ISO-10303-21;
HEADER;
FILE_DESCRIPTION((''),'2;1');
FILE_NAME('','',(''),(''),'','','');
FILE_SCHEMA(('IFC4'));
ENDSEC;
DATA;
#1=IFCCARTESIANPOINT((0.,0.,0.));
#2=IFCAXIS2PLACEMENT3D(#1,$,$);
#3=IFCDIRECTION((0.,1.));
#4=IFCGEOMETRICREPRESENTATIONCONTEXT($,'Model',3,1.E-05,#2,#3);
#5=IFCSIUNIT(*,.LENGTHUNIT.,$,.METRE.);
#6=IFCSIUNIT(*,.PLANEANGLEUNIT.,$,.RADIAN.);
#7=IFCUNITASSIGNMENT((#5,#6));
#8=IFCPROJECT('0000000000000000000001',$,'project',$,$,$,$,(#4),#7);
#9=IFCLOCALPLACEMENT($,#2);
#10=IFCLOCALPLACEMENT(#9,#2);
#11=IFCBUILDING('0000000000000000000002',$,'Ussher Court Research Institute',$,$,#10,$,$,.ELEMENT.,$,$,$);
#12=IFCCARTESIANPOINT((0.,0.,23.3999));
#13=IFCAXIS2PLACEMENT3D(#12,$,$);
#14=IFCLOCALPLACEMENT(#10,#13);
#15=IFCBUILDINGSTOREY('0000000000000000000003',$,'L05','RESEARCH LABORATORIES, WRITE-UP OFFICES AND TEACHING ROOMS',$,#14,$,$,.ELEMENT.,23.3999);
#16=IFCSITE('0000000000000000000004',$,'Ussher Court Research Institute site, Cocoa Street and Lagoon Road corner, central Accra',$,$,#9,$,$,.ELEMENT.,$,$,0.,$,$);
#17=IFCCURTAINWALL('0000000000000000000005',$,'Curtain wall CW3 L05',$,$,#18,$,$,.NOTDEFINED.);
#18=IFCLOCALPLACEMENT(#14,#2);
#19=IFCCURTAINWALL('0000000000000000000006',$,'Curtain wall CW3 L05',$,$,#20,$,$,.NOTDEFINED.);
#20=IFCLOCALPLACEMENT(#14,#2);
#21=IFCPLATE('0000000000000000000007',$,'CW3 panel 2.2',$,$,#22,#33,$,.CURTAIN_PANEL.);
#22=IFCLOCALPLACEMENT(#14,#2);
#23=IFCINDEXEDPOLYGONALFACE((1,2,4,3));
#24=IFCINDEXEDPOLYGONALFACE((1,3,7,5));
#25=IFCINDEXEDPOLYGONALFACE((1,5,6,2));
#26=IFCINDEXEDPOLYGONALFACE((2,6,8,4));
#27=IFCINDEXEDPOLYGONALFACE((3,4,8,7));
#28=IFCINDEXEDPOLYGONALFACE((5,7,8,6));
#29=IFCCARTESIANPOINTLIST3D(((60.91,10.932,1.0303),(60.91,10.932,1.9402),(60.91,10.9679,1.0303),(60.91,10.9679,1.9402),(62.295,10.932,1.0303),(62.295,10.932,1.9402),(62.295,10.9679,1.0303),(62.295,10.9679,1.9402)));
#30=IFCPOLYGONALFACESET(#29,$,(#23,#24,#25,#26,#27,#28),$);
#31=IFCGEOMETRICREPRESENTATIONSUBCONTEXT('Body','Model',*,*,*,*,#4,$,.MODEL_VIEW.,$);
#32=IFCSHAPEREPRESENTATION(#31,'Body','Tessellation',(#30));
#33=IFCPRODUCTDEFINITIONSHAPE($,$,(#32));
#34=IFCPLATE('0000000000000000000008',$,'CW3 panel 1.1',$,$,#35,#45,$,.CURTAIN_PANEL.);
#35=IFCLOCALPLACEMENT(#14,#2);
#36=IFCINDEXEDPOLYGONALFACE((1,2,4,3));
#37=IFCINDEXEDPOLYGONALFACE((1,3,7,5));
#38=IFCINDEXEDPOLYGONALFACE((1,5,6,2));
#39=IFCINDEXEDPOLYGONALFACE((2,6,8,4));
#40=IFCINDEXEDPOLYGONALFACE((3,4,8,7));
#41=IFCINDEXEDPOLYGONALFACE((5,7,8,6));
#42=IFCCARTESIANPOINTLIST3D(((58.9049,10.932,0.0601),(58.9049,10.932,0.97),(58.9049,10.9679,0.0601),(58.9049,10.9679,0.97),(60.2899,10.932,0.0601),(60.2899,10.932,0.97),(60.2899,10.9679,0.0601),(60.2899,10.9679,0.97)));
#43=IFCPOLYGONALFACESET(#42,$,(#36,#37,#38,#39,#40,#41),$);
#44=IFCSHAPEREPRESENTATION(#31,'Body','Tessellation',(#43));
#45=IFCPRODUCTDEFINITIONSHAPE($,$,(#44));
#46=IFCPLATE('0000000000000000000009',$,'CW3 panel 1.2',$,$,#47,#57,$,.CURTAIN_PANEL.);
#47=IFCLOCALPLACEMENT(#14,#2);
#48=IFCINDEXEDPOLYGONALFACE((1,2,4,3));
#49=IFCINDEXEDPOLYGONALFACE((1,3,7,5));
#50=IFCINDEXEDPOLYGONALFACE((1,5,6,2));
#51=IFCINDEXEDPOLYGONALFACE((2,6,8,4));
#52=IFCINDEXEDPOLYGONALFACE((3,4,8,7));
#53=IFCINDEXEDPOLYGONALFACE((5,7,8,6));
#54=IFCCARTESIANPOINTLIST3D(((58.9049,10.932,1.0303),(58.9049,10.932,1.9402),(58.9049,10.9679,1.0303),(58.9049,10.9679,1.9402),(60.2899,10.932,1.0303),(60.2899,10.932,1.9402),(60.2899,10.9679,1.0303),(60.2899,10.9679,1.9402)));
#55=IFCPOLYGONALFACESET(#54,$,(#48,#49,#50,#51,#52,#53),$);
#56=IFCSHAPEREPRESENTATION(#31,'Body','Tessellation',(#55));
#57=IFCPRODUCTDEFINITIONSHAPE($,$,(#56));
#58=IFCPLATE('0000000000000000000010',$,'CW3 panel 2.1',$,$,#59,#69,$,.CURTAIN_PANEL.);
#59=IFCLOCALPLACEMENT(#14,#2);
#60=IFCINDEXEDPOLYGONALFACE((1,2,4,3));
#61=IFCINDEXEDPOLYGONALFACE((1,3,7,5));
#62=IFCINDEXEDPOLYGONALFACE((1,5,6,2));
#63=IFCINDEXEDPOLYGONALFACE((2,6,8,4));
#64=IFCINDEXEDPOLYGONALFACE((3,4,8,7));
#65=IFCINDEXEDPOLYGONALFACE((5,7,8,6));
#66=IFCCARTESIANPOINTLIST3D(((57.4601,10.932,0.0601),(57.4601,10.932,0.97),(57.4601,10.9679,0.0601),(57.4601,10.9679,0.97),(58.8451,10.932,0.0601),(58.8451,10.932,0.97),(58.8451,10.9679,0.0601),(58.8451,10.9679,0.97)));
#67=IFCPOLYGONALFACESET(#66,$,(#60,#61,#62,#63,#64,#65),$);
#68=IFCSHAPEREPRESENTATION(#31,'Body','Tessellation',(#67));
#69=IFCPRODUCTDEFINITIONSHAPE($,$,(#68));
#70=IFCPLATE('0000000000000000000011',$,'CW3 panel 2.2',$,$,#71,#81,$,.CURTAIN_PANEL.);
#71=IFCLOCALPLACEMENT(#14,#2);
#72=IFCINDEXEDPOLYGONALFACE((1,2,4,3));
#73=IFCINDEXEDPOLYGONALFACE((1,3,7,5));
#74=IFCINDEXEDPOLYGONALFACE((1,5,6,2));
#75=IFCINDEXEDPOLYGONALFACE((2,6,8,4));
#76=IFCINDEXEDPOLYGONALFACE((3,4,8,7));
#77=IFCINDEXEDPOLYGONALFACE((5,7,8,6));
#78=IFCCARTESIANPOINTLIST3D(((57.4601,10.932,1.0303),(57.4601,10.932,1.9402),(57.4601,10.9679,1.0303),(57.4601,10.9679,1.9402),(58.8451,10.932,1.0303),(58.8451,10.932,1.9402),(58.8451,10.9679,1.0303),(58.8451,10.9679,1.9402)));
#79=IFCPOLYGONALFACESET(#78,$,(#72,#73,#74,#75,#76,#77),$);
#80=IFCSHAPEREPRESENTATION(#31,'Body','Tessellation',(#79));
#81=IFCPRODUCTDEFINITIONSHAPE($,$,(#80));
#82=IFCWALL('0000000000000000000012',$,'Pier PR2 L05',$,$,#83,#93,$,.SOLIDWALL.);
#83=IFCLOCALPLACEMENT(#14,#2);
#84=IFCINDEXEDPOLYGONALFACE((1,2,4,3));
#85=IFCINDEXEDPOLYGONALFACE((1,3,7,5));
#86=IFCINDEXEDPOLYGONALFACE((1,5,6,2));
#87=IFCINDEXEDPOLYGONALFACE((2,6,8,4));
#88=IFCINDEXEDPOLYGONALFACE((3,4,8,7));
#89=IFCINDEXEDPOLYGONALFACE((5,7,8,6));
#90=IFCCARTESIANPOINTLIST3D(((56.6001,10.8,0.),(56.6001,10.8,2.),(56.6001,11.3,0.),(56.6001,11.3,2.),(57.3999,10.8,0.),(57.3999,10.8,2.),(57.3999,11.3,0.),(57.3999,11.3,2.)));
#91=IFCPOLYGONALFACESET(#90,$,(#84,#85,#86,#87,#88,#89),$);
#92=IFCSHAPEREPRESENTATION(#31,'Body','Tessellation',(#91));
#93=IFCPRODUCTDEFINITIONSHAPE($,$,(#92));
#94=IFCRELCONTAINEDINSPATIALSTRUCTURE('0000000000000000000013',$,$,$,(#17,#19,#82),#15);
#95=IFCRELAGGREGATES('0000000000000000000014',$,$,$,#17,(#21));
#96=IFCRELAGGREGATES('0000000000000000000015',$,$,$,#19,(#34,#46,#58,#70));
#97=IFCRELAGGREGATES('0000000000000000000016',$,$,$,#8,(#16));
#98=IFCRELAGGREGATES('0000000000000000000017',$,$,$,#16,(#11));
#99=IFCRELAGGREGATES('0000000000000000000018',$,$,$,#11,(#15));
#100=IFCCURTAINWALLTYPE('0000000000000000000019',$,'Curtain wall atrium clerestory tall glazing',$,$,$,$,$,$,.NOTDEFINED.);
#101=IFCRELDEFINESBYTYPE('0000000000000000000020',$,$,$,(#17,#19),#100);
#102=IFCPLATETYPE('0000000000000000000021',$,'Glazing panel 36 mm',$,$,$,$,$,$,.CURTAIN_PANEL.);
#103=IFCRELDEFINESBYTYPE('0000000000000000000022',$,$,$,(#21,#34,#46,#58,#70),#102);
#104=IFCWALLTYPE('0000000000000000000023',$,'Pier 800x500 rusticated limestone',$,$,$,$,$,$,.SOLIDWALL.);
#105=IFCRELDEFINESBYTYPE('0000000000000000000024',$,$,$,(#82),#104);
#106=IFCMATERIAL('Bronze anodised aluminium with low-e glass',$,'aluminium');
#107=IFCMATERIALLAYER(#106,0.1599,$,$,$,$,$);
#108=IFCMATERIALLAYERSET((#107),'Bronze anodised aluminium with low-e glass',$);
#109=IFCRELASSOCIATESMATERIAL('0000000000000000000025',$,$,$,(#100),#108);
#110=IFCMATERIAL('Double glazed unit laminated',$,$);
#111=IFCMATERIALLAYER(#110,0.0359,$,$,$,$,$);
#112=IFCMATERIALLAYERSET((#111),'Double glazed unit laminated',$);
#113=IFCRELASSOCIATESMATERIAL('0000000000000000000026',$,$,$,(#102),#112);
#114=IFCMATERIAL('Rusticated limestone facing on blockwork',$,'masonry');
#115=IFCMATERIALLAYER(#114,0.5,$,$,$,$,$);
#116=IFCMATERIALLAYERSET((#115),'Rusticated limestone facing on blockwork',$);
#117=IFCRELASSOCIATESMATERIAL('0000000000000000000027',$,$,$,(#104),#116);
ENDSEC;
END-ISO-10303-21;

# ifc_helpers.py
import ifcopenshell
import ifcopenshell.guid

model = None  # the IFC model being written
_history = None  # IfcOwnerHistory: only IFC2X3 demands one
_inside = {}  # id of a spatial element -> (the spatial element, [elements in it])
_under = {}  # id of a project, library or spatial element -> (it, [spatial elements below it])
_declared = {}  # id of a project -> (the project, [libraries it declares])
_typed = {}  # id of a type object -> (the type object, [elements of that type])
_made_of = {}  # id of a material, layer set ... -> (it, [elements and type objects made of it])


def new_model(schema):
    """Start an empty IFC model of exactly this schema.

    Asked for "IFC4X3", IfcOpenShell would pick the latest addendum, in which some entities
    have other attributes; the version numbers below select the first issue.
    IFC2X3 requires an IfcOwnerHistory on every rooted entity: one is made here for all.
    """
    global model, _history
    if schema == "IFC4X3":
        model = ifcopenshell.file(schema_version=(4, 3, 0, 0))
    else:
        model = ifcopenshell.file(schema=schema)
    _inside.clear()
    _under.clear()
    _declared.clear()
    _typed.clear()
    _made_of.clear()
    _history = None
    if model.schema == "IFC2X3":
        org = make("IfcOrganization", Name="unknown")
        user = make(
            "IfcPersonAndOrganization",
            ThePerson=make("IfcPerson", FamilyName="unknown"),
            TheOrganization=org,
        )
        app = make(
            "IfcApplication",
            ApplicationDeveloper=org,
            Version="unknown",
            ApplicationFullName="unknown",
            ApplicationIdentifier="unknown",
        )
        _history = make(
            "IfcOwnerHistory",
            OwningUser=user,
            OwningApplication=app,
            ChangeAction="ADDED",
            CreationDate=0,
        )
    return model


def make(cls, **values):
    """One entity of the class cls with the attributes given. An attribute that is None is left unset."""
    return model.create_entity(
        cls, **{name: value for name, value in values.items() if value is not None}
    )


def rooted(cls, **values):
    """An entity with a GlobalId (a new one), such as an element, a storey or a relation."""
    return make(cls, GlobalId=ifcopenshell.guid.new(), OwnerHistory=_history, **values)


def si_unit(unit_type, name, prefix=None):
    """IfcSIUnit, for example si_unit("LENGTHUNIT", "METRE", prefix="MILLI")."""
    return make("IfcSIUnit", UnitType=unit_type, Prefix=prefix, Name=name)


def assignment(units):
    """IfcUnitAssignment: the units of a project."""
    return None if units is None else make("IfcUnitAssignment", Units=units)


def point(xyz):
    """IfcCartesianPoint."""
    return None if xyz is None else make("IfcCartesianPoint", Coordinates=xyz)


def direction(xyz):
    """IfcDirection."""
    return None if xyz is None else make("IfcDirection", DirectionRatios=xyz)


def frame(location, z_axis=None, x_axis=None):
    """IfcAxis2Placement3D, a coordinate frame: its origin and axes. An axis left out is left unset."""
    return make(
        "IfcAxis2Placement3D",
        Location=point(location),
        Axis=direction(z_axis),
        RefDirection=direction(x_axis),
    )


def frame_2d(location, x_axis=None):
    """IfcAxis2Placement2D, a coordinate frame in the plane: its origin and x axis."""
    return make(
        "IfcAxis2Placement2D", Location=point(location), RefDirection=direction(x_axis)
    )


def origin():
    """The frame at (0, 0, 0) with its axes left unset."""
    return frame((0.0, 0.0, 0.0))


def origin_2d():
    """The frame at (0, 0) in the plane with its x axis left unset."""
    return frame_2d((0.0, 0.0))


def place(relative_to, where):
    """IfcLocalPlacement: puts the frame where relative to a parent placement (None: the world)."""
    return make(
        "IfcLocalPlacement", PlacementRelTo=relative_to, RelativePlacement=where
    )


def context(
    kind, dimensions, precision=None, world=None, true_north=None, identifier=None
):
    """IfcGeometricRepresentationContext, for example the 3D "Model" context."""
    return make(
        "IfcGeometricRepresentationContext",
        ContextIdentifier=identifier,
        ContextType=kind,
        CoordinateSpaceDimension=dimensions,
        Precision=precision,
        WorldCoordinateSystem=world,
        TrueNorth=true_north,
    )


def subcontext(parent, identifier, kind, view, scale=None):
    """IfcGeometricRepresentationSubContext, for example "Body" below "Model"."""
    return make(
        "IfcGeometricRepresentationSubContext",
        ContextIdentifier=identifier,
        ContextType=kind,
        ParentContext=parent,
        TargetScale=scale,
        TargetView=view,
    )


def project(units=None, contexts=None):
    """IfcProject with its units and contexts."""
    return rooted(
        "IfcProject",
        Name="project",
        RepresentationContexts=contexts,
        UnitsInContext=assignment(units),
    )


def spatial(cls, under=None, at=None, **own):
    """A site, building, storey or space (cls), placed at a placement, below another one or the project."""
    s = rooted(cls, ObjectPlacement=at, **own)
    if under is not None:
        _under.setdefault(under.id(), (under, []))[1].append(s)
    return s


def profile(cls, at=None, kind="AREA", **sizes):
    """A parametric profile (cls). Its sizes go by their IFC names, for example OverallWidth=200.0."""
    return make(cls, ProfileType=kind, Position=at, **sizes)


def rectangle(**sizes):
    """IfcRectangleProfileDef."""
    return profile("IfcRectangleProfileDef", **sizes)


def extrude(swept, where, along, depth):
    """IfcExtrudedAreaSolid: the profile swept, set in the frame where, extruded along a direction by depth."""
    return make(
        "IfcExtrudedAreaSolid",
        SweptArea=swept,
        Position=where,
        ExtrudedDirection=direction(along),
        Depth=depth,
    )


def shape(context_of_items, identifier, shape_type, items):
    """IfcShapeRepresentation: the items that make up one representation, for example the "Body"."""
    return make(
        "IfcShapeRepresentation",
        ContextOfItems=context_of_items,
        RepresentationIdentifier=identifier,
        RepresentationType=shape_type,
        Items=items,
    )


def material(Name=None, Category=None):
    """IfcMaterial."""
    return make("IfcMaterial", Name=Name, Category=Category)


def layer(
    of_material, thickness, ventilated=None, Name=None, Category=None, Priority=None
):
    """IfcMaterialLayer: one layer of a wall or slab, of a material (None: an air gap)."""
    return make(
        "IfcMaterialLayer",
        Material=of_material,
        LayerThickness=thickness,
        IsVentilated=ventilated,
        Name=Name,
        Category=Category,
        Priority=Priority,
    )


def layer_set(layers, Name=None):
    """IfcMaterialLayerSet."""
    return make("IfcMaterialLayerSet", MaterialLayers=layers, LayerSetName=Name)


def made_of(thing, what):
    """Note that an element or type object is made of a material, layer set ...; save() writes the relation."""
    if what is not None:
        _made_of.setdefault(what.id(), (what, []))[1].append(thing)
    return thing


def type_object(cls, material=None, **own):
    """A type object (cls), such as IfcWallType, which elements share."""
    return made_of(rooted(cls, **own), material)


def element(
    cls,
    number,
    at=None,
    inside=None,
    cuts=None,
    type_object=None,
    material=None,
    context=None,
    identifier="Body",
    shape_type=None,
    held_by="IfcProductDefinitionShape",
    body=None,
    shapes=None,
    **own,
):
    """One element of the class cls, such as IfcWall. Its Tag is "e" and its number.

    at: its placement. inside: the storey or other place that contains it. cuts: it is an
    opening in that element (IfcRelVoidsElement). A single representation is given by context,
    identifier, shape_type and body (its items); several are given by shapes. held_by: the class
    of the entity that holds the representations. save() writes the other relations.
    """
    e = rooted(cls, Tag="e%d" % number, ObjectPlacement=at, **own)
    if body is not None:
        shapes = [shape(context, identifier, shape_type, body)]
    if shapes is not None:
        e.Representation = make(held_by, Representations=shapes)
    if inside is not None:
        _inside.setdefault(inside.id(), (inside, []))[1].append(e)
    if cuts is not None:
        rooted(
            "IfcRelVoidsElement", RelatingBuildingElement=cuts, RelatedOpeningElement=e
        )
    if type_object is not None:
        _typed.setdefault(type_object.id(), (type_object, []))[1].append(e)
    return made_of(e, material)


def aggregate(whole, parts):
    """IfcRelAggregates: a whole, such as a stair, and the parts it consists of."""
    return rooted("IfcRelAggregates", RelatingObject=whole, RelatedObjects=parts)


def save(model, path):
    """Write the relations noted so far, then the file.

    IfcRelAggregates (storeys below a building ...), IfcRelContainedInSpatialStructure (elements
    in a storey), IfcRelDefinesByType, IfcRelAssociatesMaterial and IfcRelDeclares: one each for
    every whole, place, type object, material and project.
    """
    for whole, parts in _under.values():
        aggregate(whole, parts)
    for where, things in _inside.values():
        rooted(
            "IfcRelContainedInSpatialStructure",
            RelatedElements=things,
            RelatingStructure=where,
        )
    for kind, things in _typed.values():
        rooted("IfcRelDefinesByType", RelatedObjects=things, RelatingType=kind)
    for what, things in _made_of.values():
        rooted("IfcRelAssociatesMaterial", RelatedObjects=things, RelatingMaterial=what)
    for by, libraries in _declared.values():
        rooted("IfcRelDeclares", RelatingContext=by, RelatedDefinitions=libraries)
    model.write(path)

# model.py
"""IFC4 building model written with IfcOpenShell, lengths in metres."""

from ifc_helpers import new_model, si_unit, direction, frame, frame_2d, origin, origin_2d, place, context, subcontext, project, spatial, rectangle, extrude, material, layer, layer_set, type_object, element, aggregate, save


model = new_model("IFC4")

# Units and contexts
model_context = context("Model", 3, precision=1e-05, world=origin(), true_north=direction((0.0, 1.0)))
body_context = subcontext(model_context, "Body", "Model", "MODEL_VIEW")
ifc_project = project(units=[si_unit("LENGTHUNIT", "METRE"), si_unit("PLANEANGLEUNIT", "RADIAN")], contexts=[model_context])

# Site, building, storey
site_placement = place(None, origin())
site = spatial("IfcSite", under=ifc_project, at=site_placement, Name="Ussher Court Research Institute site, Cocoa Street and Lagoon Road corner, central Accra", CompositionType="ELEMENT", RefElevation=0.0)
building_placement = place(site_placement, origin())
building = spatial("IfcBuilding", under=site, at=building_placement, Name="Ussher Court Research Institute", CompositionType="ELEMENT")
storey_placement = place(building_placement, frame((0.0, 0.0, 23.3999)))
storey = spatial("IfcBuildingStorey", under=building, at=storey_placement, Name="L05", Description="RESEARCH LABORATORIES, WRITE-UP OFFICES AND TEACHING ROOMS", CompositionType="ELEMENT", Elevation=23.3999)

# Curtain wall
ifc_material_1 = material(Name="Bronze anodised aluminium with low-e glass", Category="aluminium")
ifc_layer_1 = layer(ifc_material_1, 0.1599)
ifc_layer_set_1 = layer_set([ifc_layer_1], Name="Bronze anodised aluminium with low-e glass")
curtain_wall_type = type_object("IfcCurtainWallType", Name="Curtain wall atrium clerestory tall glazing", PredefinedType="NOTDEFINED", material=ifc_layer_set_1)
curtain_wall_1_placement = place(storey_placement, origin())
curtain_wall_1 = element("IfcCurtainWall", 1, at=curtain_wall_1_placement, inside=storey, type_object=curtain_wall_type, Name="Curtain wall CW3 L05", PredefinedType="NOTDEFINED")

# Curtain wall
curtain_wall_2_placement = place(storey_placement, origin())
curtain_wall_2 = element("IfcCurtainWall", 2, at=curtain_wall_2_placement, inside=storey, type_object=curtain_wall_type, Name="Curtain wall CW3 L05", PredefinedType="NOTDEFINED")

# Plates
ifc_material_2 = material(Name="Double glazed unit laminated")
ifc_layer_2 = layer(ifc_material_2, 0.0359)
ifc_layer_set_2 = layer_set([ifc_layer_2], Name="Double glazed unit laminated")
plate_type = type_object("IfcPlateType", Name="Glazing panel 36 mm", PredefinedType="CURTAIN_PANEL", material=ifc_layer_set_2)
plate_1_placement = place(storey_placement, frame((61.6025, 10.95, 1.0303), z_axis=(0.0, 0.0, 1.0), x_axis=(-1.0, 0.0, 0.0)))
plate_1 = element("IfcPlate", 3, at=plate_1_placement, type_object=plate_type, Name="CW3 panel 2.2", PredefinedType="CURTAIN_PANEL", context=body_context, shape_type="SweptSolid", body=[
    extrude(rectangle(XDim=1.385, YDim=0.0359, at=origin_2d()), origin(), (0.0, 0.0, 1.0), 0.9099),
])
aggregate(curtain_wall_1, [plate_1])
plate_2_placement = place(storey_placement, frame((59.5974, 10.95, 0.0601), z_axis=(0.0, 0.0, 1.0), x_axis=(-1.0, 0.0, 0.0)))
plate_2 = element("IfcPlate", 4, at=plate_2_placement, type_object=plate_type, Name="CW3 panel 1.1", PredefinedType="CURTAIN_PANEL", context=body_context, shape_type="SweptSolid", body=[
    extrude(rectangle(XDim=1.385, YDim=0.0359, at=origin_2d()), origin(), (0.0, 0.0, 1.0), 0.9099),
])
plate_3_placement = place(storey_placement, frame((59.5974, 10.95, 1.0303), z_axis=(0.0, 0.0, 1.0), x_axis=(-1.0, 0.0, 0.0)))
plate_3 = element("IfcPlate", 5, at=plate_3_placement, type_object=plate_type, Name="CW3 panel 1.2", PredefinedType="CURTAIN_PANEL", context=body_context, shape_type="SweptSolid", body=[
    extrude(rectangle(XDim=1.385, YDim=0.0359, at=origin_2d()), origin(), (0.0, 0.0, 1.0), 0.9099),
])
plate_4_placement = place(storey_placement, frame((58.1526, 10.95, 0.0601), z_axis=(0.0, 0.0, 1.0), x_axis=(-1.0, 0.0, 0.0)))
plate_4 = element("IfcPlate", 6, at=plate_4_placement, type_object=plate_type, Name="CW3 panel 2.1", PredefinedType="CURTAIN_PANEL", context=body_context, shape_type="SweptSolid", body=[
    extrude(rectangle(XDim=1.385, YDim=0.0359, at=origin_2d()), origin(), (0.0, 0.0, 1.0), 0.9099),
])
plate_5_placement = place(storey_placement, frame((58.1526, 10.95, 1.0303), z_axis=(0.0, 0.0, 1.0), x_axis=(-1.0, 0.0, 0.0)))
plate_5 = element("IfcPlate", 7, at=plate_5_placement, type_object=plate_type, Name="CW3 panel 2.2", PredefinedType="CURTAIN_PANEL", context=body_context, shape_type="SweptSolid", body=[
    extrude(rectangle(XDim=1.385, YDim=0.0359, at=origin_2d()), origin(), (0.0, 0.0, 1.0), 0.9099),
])
aggregate(curtain_wall_2, [plate_2, plate_3, plate_4, plate_5])

# Wall
ifc_material_3 = material(Name="Rusticated limestone facing on blockwork", Category="masonry")
ifc_layer_3 = layer(ifc_material_3, 0.5)
ifc_layer_set_3 = layer_set([ifc_layer_3], Name="Rusticated limestone facing on blockwork")
wall_type = type_object("IfcWallType", Name="Pier 800x500 rusticated limestone", PredefinedType="SOLIDWALL", material=ifc_layer_set_3)
wall_placement = place(storey_placement, frame((57.3999, 11.05, 0.0), z_axis=(0.0, 0.0, 1.0), x_axis=(-1.0, 0.0, 0.0)))
element("IfcWall", 8, at=wall_placement, inside=storey, type_object=wall_type, Name="Pier PR2 L05", PredefinedType="SOLIDWALL", context=body_context, shape_type="SweptSolid", body=[
    extrude(rectangle(XDim=0.7998, YDim=0.5, at=frame_2d((0.3999, 0.0))), origin(), (0.0, 0.0, 1.0), 2.0),
])

save(model, "model.ifc")
